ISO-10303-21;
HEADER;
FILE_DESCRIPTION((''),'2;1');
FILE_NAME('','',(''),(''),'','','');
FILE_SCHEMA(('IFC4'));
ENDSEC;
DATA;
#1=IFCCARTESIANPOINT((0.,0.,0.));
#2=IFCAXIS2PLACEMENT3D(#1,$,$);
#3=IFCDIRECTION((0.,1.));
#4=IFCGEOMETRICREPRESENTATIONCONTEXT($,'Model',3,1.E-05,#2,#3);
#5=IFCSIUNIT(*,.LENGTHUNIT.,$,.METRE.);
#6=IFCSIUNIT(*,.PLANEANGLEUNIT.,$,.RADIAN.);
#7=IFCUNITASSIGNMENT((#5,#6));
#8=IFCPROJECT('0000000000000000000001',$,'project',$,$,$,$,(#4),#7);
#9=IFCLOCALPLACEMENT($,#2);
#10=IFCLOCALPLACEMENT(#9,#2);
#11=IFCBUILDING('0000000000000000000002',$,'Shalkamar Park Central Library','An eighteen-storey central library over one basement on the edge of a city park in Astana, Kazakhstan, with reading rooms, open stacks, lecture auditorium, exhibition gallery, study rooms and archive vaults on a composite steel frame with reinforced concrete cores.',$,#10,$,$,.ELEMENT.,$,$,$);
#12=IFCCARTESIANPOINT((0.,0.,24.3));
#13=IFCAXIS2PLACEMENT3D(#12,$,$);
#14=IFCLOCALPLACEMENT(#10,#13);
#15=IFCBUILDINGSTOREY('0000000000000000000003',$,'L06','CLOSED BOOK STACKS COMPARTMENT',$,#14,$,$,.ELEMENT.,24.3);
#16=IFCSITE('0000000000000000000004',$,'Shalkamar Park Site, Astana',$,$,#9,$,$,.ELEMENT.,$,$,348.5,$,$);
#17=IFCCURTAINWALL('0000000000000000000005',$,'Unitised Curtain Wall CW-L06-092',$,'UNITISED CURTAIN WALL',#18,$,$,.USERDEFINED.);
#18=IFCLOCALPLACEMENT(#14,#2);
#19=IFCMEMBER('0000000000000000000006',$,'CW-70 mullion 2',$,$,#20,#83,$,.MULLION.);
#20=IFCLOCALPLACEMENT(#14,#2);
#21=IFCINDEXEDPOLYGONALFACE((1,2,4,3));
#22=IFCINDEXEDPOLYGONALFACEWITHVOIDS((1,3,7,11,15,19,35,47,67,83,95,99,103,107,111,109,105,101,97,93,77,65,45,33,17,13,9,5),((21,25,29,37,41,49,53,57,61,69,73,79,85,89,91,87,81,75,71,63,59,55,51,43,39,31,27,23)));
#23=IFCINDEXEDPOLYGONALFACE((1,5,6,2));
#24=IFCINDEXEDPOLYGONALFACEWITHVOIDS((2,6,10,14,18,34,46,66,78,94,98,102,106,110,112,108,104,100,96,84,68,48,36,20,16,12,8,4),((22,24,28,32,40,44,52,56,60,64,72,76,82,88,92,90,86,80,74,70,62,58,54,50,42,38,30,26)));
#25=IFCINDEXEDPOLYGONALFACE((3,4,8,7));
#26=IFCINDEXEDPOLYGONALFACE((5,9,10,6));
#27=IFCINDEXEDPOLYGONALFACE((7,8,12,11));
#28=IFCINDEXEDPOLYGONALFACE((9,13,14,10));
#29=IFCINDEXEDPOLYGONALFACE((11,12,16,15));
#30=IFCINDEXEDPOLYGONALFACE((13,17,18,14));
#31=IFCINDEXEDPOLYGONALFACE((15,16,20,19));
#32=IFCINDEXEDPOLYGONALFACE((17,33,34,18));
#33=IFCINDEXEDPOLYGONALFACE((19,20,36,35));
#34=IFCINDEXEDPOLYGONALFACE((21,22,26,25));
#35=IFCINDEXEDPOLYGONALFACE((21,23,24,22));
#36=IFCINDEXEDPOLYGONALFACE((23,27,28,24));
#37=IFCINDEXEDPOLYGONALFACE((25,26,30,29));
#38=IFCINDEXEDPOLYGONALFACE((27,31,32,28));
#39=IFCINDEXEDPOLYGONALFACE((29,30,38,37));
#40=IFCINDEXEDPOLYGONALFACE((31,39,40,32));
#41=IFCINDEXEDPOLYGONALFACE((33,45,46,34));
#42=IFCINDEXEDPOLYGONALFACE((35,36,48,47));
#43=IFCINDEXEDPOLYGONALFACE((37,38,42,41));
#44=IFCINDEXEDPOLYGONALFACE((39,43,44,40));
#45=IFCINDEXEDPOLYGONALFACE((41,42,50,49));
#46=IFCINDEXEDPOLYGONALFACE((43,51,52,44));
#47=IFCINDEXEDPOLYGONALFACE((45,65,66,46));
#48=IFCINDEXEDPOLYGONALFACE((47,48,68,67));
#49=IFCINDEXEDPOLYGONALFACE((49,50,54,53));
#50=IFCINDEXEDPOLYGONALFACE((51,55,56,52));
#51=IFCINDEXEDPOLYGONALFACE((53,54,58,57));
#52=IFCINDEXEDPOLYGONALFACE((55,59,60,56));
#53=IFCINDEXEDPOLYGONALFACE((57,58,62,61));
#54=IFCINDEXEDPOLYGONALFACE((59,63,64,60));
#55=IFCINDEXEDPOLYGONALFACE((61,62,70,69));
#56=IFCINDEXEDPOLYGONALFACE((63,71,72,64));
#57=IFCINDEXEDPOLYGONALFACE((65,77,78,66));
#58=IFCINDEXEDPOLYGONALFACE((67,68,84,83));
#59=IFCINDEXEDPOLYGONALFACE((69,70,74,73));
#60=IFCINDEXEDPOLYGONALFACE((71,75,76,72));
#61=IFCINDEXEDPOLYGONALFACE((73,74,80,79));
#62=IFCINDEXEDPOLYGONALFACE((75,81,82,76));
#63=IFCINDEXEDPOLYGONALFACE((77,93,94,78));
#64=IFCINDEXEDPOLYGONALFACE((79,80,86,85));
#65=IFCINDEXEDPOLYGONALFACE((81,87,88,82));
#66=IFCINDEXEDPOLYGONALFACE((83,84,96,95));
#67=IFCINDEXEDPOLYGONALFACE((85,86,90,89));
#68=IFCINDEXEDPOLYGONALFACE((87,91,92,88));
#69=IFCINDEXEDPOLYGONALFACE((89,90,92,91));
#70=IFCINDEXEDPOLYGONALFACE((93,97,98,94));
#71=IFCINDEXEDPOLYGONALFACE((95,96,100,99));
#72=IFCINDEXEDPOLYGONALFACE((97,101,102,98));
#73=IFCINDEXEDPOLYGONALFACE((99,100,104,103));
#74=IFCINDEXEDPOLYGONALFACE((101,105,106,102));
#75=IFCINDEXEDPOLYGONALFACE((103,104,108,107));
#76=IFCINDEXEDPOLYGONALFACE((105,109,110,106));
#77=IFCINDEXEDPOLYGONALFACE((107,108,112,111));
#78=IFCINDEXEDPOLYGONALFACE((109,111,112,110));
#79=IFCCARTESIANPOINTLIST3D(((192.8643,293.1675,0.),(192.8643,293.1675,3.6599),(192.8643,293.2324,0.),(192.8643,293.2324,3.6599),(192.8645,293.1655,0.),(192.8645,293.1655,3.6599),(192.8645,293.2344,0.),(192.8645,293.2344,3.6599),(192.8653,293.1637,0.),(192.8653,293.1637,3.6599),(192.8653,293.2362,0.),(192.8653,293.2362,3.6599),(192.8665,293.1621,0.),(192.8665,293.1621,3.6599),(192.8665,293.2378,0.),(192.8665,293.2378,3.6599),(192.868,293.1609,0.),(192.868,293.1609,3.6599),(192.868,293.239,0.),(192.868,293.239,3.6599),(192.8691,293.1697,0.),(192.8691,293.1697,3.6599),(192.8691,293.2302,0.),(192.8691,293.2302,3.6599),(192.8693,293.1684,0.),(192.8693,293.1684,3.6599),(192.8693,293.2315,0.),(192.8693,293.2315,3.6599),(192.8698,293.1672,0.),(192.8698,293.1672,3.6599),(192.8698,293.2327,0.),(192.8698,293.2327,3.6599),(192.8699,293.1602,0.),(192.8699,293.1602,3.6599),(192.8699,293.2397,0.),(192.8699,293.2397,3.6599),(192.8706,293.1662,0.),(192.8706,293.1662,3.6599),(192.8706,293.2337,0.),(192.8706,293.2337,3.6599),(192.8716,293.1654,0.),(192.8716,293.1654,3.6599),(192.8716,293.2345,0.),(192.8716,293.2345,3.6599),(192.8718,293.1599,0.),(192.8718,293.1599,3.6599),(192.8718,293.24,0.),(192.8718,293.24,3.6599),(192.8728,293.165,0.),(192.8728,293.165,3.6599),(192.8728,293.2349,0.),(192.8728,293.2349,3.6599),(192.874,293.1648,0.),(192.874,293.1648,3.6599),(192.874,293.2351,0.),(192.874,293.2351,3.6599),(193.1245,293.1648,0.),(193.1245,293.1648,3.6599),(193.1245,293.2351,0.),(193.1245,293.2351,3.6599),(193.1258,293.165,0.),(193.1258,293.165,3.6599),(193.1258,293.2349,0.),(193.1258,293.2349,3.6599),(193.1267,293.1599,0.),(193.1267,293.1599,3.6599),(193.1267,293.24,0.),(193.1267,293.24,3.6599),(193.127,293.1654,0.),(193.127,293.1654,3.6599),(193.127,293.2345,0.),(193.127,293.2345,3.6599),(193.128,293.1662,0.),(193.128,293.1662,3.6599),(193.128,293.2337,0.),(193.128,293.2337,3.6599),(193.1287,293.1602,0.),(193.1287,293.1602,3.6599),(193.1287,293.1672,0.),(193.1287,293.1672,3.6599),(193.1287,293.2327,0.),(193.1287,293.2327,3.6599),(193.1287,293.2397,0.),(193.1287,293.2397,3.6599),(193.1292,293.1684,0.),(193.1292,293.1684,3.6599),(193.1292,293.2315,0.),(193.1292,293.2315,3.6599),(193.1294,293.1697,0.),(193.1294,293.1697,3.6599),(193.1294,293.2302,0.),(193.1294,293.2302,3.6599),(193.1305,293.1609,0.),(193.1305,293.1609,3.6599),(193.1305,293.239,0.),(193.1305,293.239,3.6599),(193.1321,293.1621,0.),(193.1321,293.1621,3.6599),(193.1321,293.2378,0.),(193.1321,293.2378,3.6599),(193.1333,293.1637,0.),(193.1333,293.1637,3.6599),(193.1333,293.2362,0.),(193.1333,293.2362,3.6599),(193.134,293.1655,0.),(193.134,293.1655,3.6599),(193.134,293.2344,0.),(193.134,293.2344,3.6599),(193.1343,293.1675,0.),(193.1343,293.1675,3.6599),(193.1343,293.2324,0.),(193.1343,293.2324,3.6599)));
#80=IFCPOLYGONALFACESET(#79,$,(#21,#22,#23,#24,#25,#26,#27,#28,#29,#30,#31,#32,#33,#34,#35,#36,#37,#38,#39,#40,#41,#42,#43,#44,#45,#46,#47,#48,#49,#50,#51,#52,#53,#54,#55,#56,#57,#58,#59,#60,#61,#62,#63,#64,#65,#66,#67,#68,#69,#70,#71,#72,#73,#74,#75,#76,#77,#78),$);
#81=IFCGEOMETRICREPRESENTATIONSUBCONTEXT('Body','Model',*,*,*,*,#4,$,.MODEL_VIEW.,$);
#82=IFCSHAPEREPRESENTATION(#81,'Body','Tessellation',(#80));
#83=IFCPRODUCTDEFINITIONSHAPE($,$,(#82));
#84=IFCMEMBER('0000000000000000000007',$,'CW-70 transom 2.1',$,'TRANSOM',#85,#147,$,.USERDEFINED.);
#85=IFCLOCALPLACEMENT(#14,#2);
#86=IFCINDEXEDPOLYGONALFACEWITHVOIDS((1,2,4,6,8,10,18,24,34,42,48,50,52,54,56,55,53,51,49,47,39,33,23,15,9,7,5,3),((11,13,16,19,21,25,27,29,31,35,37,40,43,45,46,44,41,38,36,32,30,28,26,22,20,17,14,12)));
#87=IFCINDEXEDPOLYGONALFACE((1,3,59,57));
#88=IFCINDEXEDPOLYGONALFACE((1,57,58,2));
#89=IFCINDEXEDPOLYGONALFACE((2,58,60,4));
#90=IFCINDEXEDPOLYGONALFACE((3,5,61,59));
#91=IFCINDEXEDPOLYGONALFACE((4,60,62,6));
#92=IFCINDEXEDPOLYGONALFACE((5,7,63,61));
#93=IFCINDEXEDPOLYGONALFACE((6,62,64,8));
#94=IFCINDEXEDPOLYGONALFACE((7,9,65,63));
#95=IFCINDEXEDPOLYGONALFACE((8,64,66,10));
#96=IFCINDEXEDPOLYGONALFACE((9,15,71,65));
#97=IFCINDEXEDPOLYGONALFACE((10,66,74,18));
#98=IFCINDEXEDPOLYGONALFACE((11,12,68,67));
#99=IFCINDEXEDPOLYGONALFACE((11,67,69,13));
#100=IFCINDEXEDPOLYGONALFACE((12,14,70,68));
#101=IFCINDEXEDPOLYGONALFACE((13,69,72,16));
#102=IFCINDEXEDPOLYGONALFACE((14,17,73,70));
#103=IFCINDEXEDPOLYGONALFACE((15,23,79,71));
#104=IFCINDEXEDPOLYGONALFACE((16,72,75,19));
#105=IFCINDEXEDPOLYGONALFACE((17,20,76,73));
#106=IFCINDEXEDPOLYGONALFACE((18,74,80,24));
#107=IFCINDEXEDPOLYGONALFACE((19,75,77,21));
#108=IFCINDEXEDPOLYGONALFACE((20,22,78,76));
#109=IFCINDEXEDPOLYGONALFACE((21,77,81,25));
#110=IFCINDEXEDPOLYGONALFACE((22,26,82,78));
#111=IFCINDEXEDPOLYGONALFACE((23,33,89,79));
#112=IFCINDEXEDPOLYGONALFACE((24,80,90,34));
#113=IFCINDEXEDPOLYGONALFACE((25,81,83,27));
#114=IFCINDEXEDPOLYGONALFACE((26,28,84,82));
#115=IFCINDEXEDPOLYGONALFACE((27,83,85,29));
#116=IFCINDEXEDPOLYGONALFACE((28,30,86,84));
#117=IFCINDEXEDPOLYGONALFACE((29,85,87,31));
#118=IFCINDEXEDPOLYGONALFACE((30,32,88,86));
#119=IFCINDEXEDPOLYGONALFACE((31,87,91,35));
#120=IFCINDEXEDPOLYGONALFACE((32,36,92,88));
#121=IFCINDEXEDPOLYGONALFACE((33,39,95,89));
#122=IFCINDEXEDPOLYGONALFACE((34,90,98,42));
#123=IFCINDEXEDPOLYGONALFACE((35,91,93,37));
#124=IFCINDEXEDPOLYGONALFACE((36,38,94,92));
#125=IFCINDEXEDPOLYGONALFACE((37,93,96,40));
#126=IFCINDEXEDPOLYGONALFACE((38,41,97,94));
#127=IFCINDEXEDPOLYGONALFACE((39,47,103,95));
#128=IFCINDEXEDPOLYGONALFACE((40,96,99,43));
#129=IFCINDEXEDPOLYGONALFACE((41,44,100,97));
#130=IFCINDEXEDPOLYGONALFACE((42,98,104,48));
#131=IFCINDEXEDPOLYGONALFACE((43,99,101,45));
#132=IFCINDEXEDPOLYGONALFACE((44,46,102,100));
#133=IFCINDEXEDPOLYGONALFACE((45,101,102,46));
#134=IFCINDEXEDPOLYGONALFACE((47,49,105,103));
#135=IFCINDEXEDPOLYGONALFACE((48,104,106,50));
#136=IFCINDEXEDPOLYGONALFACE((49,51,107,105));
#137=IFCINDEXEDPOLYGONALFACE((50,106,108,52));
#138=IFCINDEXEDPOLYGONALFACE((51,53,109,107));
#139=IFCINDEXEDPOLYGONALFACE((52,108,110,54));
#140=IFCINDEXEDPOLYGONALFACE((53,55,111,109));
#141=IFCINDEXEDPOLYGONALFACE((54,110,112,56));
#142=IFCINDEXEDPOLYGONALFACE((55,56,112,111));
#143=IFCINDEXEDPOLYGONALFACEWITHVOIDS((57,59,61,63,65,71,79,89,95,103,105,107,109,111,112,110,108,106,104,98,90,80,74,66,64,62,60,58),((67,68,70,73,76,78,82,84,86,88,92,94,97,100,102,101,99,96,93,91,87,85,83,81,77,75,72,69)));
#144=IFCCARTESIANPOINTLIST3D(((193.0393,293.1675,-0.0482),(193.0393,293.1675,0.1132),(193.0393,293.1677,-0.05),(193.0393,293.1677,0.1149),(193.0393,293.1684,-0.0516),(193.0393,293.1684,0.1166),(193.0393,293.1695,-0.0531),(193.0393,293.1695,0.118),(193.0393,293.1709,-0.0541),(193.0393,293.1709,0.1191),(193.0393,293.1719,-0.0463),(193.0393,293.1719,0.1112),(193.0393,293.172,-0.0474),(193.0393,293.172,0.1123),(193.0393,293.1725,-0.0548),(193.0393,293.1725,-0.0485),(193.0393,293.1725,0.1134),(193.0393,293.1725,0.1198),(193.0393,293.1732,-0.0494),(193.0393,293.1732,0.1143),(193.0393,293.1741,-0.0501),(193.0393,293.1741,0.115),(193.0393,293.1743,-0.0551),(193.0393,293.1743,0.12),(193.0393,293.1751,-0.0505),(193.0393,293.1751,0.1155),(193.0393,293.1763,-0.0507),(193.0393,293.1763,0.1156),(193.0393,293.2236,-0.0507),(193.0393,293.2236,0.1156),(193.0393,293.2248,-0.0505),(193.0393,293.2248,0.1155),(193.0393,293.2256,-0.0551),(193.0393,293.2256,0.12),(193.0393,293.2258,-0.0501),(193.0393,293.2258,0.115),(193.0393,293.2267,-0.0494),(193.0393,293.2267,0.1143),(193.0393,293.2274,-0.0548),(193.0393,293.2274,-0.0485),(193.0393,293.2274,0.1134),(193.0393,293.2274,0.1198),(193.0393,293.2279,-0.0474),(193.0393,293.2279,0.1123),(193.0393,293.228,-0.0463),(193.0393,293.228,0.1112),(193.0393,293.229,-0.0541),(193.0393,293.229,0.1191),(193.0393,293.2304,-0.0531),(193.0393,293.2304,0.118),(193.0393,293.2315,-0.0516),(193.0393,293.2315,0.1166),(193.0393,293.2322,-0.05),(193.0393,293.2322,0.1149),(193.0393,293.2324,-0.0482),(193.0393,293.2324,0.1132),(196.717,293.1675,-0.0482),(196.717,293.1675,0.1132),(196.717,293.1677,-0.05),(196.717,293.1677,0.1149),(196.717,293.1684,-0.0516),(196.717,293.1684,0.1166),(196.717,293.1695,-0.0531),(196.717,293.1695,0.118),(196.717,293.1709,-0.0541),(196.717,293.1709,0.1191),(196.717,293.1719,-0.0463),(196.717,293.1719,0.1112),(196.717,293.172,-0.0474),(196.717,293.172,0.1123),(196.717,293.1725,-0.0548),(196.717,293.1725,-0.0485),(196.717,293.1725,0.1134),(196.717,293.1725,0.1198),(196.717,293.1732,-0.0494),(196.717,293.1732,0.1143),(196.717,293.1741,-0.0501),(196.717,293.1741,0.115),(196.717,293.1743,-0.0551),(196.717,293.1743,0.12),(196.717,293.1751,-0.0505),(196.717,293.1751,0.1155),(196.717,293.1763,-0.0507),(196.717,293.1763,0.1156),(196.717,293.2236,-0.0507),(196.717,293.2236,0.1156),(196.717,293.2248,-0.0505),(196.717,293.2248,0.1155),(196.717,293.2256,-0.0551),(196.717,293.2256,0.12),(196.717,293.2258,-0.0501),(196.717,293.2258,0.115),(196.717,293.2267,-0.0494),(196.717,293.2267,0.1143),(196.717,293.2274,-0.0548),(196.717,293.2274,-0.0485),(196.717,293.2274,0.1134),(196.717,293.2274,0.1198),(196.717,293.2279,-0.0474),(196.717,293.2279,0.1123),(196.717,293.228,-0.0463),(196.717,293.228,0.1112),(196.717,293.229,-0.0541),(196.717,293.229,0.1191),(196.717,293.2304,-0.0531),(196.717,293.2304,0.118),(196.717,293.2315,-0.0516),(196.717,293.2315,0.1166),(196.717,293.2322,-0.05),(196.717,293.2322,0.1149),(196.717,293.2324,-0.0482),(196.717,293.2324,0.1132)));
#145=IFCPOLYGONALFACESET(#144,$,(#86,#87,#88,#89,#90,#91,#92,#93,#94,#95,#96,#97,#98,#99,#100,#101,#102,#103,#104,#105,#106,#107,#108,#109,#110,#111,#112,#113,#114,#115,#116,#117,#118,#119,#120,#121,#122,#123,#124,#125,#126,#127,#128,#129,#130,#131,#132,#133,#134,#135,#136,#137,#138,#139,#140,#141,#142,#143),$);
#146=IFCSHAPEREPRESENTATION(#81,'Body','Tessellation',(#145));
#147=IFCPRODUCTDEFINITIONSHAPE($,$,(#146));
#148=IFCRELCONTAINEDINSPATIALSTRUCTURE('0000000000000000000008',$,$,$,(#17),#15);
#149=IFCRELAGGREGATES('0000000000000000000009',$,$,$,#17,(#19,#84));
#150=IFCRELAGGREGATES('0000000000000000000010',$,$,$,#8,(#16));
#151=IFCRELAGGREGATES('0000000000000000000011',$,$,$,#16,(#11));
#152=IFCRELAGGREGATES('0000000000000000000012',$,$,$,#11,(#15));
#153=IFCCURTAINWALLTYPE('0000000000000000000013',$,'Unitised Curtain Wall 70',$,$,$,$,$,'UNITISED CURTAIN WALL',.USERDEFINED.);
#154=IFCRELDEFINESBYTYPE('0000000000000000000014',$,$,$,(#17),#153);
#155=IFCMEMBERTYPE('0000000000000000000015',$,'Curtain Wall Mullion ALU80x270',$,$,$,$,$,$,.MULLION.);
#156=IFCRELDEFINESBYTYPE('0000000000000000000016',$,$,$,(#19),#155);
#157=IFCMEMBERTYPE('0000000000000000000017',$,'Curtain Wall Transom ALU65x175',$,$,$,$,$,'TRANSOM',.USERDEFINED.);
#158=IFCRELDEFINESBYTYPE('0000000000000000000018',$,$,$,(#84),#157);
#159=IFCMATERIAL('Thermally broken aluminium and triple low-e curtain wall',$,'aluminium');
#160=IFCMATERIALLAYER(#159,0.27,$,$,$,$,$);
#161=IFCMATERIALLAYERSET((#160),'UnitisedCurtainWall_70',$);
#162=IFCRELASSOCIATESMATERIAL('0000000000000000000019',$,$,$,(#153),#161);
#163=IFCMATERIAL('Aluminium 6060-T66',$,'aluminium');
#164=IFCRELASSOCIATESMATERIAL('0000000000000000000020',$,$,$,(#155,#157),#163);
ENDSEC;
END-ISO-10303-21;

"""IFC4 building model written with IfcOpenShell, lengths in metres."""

from ifc_helpers import new_model, si_unit, direction, frame, origin, origin_2d, place, context, subcontext, project, spatial, hollow_rectangle, extrude, material, layer, layer_set, material_profile, profile_set, type_object, element, aggregate, save


model = new_model("IFC4")

# Units and contexts
model_context = context("Model", 3, precision=1e-05, world=origin(), true_north=direction((0.0, 1.0)))
body_context = subcontext(model_context, "Body", "Model", "MODEL_VIEW")
ifc_project = project(units=[si_unit("LENGTHUNIT", "METRE"), si_unit("PLANEANGLEUNIT", "RADIAN")], contexts=[model_context])

# Site, building, storey
site_placement = place(None, origin())
site = spatial("IfcSite", under=ifc_project, at=site_placement, Name="Shalkamar Park Site, Astana", CompositionType="ELEMENT", RefElevation=348.5)
building_placement = place(site_placement, origin())
building = spatial("IfcBuilding", under=site, at=building_placement, Name="Shalkamar Park Central Library", Description="An eighteen-storey central library over one basement on the edge of a city park in Astana, Kazakhstan, with reading rooms, open stacks, lecture auditorium, exhibition gallery, study rooms and archive vaults on a composite steel frame with reinforced concrete cores.", CompositionType="ELEMENT")
storey_placement = place(building_placement, frame((0.0, 0.0, 24.3)))
storey = spatial("IfcBuildingStorey", under=building, at=storey_placement, Name="L06", Description="CLOSED BOOK STACKS COMPARTMENT", CompositionType="ELEMENT", Elevation=24.3)

# Curtain wall, members
ifc_material_1 = material(Name="Thermally broken aluminium and triple low-e curtain wall", Category="aluminium")
ifc_layer_1 = layer(ifc_material_1, 0.27)
ifc_layer_set_1 = layer_set([ifc_layer_1], Name="UnitisedCurtainWall_70")
curtain_wall_type = type_object("IfcCurtainWallType", Name="Unitised Curtain Wall 70", ElementType="UNITISED CURTAIN WALL", PredefinedType="USERDEFINED", material=ifc_layer_set_1)
curtain_wall_placement = place(storey_placement, origin())
curtain_wall = element("IfcCurtainWall", 1, at=curtain_wall_placement, inside=storey, type_object=curtain_wall_type, Name="Unitised Curtain Wall CW-L06-092", ObjectType="UNITISED CURTAIN WALL", PredefinedType="USERDEFINED")
ifc_material_2 = material(Name="Aluminium 6060-T66", Category="aluminium")
ifc_material_profile_1 = material_profile(ifc_material_2, hollow_rectangle(XDim=0.0801, YDim=0.27, WallThickness=0.0049, InnerFilletRadius=0.0049, OuterFilletRadius=0.0076, at=origin_2d()), Name="ALU 80x270x5")
ifc_profile_set_1 = profile_set([ifc_material_profile_1], Name="Aluminium 6060-T66")
member_type_1 = type_object("IfcMemberType", Name="Curtain Wall Mullion ALU80x270", PredefinedType="MULLION", material=ifc_profile_set_1)
member_1_placement = place(storey_placement, frame((192.9993, 293.2, 0.0), z_axis=(0.0, 0.0, 1.0), x_axis=(0.0, 1.0, 0.0)))
member_1 = element("IfcMember", 2, at=member_1_placement, type_object=member_type_1, Name="CW-70 mullion 2", PredefinedType="MULLION", context=body_context, shape_type="SweptSolid", body=[
    extrude(hollow_rectangle(XDim=0.0801, YDim=0.27, WallThickness=0.0049, InnerFilletRadius=0.0049, OuterFilletRadius=0.0076, at=origin_2d()), origin(), (0.0, 0.0, 1.0), 3.6599),
])
ifc_material_profile_2 = material_profile(ifc_material_2, hollow_rectangle(XDim=0.0649, YDim=0.175, WallThickness=0.0044, InnerFilletRadius=0.0044, OuterFilletRadius=0.0068, at=origin_2d()), Name="ALU 65x175x4.5")
ifc_profile_set_2 = profile_set([ifc_material_profile_2], Name="Aluminium 6060-T66")
member_type_2 = type_object("IfcMemberType", Name="Curtain Wall Transom ALU65x175", ElementType="TRANSOM", PredefinedType="USERDEFINED", material=ifc_profile_set_2)
member_2_placement = place(storey_placement, frame((193.0393, 293.2, 0.0325), z_axis=(1.0, 0.0, 0.0), x_axis=(0.0, 1.0, 0.0)))
member_2 = element("IfcMember", 3, at=member_2_placement, type_object=member_type_2, Name="CW-70 transom 2.1", ObjectType="TRANSOM", PredefinedType="USERDEFINED", context=body_context, shape_type="SweptSolid", body=[
    extrude(hollow_rectangle(XDim=0.0649, YDim=0.175, WallThickness=0.0044, InnerFilletRadius=0.0044, OuterFilletRadius=0.0068, at=origin_2d()), origin(), (0.0, 0.0, 1.0), 3.6777),
])

aggregate(curtain_wall, [member_1, member_2])

save(model, "model.ifc")
